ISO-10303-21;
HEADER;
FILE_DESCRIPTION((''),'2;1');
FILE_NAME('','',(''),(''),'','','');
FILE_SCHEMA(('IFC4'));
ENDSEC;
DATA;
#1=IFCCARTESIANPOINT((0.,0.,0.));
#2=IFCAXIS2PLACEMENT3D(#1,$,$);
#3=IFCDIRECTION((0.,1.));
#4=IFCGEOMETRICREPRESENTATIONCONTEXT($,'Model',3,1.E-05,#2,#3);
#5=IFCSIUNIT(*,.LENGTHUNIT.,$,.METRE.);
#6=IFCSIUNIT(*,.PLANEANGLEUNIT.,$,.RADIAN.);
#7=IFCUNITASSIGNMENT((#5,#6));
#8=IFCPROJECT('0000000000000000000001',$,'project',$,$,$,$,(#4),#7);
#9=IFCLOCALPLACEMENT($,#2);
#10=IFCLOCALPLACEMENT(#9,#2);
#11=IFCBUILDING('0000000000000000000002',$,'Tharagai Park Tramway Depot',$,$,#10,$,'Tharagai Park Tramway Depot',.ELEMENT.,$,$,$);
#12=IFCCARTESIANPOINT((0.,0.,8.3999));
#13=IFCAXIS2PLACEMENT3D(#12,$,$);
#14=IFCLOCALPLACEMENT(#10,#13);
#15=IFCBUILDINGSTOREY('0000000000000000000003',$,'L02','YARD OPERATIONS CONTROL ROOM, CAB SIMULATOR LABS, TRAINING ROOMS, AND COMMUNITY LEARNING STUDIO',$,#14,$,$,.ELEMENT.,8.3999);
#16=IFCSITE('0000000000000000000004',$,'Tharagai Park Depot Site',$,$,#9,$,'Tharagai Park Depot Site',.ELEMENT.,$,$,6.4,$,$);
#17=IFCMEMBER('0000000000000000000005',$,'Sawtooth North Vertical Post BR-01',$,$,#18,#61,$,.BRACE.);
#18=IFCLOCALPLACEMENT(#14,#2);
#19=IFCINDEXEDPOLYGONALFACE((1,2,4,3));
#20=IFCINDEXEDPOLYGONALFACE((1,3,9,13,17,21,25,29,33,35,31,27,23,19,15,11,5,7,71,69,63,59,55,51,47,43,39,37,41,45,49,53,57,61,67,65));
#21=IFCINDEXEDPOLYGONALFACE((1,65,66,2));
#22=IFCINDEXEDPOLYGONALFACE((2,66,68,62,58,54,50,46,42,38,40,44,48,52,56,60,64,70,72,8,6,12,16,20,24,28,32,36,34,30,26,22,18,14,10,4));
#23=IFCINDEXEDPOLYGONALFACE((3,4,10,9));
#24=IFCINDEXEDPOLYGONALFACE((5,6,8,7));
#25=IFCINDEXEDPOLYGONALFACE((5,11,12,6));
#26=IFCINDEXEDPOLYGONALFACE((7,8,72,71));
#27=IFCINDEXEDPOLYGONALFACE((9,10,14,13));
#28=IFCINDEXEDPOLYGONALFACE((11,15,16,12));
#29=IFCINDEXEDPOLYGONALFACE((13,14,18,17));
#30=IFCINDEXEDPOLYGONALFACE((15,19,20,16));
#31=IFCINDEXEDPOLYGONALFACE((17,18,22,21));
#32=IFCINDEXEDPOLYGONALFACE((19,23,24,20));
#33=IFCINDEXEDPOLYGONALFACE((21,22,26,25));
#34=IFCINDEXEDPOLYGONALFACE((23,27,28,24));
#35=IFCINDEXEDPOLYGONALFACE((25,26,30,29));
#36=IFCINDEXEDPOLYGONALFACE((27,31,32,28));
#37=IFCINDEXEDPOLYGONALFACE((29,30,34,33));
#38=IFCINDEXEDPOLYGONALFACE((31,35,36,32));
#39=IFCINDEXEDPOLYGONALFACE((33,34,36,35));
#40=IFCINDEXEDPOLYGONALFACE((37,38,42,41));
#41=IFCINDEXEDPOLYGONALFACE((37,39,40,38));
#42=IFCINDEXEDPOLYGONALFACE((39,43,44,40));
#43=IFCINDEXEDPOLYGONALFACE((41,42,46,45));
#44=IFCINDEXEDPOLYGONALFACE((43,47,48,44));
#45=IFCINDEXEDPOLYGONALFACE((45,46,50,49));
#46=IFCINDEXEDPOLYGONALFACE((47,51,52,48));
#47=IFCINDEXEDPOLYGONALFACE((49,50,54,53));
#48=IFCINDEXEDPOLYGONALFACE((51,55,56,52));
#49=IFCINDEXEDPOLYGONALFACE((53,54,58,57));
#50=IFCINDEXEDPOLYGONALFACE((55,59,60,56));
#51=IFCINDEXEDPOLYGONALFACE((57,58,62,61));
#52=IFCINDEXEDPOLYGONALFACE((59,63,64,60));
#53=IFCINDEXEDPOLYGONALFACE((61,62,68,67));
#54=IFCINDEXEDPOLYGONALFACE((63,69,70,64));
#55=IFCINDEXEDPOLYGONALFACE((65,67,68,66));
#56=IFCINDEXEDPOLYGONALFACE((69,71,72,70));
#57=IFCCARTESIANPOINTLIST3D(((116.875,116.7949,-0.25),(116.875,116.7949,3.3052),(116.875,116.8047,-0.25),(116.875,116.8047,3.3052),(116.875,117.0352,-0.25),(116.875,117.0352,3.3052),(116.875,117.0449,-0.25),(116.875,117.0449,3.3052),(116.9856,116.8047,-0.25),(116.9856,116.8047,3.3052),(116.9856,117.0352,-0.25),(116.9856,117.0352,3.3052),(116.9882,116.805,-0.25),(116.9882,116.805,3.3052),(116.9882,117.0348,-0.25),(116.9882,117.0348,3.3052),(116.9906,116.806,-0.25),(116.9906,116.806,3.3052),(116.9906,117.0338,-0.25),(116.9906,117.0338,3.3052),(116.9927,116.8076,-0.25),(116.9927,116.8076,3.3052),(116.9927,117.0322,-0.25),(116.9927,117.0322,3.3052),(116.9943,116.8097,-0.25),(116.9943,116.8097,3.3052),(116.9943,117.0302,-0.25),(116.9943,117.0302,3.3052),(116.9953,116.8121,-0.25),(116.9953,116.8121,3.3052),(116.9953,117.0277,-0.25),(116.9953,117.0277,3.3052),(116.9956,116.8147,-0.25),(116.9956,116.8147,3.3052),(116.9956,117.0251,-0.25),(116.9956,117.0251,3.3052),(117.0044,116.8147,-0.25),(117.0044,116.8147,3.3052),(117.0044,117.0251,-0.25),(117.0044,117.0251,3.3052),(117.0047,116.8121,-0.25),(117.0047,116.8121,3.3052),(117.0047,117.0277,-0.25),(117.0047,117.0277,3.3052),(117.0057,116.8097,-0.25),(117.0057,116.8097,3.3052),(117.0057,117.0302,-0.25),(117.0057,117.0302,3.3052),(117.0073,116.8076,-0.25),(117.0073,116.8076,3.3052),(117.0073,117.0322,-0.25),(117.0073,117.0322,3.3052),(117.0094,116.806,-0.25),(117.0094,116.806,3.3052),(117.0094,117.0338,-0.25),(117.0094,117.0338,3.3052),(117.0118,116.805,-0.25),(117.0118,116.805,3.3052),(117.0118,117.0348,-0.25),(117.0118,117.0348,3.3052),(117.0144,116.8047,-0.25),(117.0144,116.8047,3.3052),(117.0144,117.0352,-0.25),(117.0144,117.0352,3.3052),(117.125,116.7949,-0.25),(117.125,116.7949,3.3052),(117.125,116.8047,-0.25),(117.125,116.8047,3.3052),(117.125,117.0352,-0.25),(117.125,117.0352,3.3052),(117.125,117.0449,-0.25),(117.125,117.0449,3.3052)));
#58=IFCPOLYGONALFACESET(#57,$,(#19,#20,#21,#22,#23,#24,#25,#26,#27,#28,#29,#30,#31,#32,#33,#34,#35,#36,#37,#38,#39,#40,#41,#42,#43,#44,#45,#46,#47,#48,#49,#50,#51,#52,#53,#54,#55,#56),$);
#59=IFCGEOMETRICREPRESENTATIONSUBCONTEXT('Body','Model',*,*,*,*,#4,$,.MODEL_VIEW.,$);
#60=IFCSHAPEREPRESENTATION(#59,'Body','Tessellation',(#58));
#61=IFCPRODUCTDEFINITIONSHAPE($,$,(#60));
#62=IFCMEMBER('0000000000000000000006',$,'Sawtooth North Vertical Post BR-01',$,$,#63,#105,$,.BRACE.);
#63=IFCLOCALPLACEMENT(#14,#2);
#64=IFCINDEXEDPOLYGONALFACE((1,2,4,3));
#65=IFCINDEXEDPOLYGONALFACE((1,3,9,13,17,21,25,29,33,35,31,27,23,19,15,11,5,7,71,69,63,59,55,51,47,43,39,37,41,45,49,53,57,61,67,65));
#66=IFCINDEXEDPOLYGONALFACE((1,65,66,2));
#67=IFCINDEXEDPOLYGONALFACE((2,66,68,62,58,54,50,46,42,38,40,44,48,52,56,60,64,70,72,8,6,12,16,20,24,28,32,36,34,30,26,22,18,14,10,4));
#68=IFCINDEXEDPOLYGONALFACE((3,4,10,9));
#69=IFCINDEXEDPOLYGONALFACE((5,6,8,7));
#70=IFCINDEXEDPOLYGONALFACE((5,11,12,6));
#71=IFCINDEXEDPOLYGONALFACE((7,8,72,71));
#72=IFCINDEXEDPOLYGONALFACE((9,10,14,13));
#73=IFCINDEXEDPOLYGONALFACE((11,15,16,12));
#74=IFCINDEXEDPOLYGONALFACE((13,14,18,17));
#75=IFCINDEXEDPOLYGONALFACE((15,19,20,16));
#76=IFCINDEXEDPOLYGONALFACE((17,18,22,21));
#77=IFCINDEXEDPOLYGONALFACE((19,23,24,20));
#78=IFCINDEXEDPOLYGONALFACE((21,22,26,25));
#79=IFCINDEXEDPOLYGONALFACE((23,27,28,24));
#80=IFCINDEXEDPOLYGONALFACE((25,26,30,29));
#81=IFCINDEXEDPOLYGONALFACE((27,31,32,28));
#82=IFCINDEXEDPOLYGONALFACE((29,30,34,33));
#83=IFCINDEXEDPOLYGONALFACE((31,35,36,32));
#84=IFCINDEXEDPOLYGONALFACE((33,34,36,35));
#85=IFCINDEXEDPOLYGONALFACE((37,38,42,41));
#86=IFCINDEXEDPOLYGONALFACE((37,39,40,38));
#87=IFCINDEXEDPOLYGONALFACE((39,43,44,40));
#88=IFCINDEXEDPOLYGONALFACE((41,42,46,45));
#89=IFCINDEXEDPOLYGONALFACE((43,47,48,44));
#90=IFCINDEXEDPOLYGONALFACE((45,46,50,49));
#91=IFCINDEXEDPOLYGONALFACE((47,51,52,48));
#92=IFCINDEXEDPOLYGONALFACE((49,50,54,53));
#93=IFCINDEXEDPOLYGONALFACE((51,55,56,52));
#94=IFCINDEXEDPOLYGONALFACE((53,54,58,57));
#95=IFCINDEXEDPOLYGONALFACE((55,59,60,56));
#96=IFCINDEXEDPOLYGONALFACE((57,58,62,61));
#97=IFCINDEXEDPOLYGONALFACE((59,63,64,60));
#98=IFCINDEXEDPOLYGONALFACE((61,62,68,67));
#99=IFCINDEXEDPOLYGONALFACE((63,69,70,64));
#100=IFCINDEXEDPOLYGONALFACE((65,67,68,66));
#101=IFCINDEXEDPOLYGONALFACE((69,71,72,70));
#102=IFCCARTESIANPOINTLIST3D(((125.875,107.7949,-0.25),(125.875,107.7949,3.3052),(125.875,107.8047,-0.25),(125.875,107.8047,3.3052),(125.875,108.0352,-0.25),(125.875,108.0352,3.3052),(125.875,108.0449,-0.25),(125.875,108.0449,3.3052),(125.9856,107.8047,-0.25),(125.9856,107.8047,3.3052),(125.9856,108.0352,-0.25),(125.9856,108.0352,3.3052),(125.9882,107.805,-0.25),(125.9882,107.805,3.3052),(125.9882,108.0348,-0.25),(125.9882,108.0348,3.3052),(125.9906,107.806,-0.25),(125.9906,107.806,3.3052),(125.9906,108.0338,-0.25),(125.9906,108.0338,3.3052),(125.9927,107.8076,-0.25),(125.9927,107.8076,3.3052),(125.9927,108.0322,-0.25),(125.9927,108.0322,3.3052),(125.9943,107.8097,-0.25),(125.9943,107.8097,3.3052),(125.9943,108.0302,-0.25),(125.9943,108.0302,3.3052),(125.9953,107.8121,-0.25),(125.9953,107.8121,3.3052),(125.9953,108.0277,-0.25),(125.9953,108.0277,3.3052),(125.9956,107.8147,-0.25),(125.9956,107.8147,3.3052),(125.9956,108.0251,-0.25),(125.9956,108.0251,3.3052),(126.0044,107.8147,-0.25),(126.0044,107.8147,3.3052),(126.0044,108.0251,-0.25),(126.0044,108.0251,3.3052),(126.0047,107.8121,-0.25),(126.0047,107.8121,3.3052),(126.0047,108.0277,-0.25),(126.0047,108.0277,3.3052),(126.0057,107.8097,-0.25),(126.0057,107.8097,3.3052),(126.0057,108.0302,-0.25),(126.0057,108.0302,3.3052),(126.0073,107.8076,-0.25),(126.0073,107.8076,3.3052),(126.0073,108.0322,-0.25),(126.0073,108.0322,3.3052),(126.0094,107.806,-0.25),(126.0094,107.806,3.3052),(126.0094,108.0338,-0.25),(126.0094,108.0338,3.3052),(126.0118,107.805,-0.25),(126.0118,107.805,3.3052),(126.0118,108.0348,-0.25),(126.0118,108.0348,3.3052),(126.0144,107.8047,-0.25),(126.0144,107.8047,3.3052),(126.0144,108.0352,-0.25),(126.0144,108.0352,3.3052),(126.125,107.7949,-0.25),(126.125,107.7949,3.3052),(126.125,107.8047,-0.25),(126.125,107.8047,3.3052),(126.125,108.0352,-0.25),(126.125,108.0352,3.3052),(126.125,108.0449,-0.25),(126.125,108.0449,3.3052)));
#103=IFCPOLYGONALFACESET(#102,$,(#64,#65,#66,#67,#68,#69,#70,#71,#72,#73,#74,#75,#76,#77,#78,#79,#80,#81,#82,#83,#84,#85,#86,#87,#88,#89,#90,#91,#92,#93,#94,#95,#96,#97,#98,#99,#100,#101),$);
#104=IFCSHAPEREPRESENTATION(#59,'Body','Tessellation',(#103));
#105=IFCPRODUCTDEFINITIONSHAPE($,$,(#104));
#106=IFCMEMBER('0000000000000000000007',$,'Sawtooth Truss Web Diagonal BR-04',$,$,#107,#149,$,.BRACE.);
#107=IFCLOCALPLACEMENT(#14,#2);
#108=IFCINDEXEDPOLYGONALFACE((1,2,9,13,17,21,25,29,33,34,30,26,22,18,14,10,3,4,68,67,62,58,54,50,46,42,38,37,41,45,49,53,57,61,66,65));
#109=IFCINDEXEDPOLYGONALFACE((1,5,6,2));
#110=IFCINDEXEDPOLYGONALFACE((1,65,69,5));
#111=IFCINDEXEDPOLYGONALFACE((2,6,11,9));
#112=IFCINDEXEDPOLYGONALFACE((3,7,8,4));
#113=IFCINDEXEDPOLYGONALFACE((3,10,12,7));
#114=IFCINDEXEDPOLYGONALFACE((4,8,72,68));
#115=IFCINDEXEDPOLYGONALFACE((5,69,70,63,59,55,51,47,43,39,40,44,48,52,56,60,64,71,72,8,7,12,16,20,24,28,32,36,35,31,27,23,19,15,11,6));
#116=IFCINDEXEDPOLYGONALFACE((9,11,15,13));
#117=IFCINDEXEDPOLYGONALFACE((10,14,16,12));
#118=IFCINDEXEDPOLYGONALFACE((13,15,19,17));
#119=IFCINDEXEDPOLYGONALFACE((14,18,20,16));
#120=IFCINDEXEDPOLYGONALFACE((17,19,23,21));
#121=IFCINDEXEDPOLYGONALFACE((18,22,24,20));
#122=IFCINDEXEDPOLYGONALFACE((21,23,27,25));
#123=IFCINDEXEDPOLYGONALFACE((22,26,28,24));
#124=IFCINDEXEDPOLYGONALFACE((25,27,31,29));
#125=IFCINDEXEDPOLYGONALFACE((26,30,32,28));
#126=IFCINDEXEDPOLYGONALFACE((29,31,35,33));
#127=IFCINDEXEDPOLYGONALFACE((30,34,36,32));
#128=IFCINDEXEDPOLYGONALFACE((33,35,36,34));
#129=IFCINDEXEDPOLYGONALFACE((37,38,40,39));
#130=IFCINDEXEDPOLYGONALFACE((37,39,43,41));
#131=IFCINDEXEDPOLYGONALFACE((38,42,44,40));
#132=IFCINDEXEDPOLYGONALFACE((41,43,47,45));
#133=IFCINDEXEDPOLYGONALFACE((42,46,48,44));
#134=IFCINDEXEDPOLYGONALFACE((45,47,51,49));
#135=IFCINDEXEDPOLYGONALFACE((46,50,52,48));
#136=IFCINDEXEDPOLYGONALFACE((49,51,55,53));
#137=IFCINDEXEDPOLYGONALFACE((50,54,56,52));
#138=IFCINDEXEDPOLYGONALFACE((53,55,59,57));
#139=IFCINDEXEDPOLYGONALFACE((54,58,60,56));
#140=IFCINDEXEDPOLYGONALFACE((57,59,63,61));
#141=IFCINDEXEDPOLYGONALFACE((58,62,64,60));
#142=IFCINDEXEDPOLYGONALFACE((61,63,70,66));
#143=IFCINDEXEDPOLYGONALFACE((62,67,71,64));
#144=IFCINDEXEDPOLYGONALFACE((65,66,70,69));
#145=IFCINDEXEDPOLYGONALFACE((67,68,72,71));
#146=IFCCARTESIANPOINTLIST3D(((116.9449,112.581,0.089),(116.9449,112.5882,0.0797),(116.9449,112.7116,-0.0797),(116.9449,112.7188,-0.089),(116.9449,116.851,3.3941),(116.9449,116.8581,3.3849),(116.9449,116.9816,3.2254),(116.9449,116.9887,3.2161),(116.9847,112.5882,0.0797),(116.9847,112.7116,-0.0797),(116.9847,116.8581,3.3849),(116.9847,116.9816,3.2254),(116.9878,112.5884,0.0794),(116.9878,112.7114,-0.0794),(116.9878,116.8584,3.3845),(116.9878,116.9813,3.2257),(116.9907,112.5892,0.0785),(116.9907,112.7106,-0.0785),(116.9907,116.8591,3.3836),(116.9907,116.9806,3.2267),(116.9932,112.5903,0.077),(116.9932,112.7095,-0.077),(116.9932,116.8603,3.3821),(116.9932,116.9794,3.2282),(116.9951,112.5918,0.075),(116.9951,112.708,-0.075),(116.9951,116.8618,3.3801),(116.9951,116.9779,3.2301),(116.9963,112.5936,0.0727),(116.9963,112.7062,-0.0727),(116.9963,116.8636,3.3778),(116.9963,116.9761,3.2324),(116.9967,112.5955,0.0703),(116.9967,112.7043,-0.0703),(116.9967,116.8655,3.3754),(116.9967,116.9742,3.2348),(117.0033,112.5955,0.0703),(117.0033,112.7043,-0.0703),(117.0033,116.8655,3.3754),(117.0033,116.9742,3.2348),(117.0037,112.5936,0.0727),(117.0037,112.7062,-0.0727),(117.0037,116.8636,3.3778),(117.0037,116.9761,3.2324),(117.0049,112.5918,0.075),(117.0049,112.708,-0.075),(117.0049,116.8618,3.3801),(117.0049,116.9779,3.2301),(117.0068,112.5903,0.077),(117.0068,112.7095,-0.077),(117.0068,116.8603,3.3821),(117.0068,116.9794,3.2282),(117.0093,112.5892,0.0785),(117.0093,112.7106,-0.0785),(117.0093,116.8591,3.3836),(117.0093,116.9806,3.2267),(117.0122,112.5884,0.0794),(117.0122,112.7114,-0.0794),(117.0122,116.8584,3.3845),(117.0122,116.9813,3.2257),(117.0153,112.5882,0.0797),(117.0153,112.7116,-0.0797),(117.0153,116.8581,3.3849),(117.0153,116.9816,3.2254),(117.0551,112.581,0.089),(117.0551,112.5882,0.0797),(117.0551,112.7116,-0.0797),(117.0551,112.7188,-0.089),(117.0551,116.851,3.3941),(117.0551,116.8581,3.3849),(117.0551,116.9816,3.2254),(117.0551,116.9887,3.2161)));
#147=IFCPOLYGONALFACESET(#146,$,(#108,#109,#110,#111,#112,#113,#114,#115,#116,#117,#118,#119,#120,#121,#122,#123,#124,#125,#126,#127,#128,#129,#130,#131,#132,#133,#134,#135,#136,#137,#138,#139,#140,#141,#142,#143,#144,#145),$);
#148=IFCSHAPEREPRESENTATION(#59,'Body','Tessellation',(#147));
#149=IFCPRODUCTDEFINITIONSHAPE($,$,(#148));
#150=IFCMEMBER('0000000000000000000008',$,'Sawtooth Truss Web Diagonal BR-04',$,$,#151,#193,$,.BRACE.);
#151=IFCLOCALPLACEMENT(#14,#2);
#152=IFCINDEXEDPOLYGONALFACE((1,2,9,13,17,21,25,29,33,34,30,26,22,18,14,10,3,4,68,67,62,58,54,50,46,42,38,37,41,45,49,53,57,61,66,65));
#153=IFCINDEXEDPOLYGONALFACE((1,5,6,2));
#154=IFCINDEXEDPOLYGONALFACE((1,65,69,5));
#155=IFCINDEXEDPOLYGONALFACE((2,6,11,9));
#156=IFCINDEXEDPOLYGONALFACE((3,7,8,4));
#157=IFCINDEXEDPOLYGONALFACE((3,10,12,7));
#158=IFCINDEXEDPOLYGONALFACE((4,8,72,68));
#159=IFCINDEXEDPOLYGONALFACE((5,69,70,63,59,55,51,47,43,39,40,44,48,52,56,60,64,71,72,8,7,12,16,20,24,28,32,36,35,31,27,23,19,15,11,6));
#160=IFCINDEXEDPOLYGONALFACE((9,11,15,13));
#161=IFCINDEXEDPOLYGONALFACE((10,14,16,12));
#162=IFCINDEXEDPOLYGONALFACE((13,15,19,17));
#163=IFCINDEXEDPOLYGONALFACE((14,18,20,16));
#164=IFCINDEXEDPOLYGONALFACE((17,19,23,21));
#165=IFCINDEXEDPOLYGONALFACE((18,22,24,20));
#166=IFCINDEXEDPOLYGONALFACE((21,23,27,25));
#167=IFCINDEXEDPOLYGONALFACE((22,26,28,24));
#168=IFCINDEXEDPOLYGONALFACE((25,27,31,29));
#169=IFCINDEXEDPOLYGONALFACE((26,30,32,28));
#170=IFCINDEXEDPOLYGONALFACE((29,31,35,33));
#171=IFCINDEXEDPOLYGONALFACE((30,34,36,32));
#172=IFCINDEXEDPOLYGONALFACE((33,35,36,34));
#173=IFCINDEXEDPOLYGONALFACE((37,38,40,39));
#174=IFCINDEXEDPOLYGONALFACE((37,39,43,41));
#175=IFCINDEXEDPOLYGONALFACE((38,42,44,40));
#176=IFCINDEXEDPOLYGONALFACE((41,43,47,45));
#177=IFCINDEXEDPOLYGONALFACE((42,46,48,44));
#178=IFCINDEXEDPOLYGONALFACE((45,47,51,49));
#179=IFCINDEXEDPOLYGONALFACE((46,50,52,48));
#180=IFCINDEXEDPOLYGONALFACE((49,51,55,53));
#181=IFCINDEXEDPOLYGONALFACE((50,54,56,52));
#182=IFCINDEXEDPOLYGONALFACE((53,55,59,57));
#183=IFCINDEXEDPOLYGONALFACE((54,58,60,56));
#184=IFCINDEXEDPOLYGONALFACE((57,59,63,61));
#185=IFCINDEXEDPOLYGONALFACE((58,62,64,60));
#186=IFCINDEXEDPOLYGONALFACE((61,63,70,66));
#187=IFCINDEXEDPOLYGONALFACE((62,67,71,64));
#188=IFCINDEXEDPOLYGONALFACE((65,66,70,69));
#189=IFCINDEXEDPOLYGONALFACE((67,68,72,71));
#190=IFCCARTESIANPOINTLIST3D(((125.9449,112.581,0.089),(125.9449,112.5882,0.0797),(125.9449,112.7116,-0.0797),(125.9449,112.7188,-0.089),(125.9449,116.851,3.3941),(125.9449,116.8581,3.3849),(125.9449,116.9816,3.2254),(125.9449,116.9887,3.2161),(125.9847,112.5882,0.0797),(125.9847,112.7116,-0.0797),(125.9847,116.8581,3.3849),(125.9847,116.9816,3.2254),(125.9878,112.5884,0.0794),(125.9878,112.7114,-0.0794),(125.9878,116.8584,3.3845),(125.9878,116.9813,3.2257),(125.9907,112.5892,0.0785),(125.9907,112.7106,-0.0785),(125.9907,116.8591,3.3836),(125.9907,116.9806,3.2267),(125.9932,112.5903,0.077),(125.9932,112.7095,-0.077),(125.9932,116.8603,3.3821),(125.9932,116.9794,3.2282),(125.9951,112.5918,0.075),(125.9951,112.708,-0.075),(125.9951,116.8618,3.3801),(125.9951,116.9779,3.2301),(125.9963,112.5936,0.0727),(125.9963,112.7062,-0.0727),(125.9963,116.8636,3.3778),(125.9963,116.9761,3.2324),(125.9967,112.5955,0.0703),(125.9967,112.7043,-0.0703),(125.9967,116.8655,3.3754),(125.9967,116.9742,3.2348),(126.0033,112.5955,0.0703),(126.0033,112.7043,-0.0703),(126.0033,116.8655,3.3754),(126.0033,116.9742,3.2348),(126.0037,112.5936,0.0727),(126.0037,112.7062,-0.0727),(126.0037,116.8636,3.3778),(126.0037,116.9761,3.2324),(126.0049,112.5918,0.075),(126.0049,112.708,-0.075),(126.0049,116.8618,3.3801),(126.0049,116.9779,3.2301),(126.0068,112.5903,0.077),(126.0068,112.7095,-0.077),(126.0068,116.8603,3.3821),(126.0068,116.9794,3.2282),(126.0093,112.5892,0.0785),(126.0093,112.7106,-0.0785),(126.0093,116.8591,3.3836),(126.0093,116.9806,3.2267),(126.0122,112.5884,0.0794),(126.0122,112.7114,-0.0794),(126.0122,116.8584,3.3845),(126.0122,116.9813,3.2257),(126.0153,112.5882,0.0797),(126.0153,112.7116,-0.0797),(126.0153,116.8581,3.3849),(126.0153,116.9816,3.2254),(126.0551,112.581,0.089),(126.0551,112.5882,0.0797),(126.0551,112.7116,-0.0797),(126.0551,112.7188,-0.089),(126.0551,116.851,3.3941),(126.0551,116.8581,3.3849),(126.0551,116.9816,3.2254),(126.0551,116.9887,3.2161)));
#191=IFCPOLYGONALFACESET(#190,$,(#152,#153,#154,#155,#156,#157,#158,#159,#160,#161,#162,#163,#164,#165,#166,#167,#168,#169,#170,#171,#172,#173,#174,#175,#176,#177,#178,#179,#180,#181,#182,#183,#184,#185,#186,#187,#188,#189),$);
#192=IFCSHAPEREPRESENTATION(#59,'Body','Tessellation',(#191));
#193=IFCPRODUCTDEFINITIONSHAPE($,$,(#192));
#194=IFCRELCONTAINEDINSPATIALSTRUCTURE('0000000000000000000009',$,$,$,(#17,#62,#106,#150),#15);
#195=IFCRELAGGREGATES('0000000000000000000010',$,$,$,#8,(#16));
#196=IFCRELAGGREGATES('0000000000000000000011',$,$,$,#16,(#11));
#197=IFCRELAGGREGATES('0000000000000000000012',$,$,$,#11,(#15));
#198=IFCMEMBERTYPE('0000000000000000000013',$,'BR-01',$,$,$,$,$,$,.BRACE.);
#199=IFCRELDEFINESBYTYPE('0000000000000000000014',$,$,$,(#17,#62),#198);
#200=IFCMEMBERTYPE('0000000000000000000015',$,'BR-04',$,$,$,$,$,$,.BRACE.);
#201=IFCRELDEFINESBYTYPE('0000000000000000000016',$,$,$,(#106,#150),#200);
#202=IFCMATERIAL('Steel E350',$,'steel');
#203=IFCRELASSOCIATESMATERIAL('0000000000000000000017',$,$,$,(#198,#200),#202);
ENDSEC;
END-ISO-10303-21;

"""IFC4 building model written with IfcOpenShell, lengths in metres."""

from ifc_helpers import new_model, si_unit, direction, frame, origin, origin_2d, place, context, subcontext, project, spatial, i_section, extrude, material, material_profile, profile_set, type_object, element, save


model = new_model("IFC4")

# Units and contexts
model_context = context("Model", 3, precision=1e-05, world=origin(), true_north=direction((0.0, 1.0)))
body_context = subcontext(model_context, "Body", "Model", "MODEL_VIEW")
ifc_project = project(units=[si_unit("LENGTHUNIT", "METRE"), si_unit("PLANEANGLEUNIT", "RADIAN")], contexts=[model_context])

# Site, building, storey
site_placement = place(None, origin())
site = spatial("IfcSite", under=ifc_project, at=site_placement, Name="Tharagai Park Depot Site", LongName="Tharagai Park Depot Site", CompositionType="ELEMENT", RefElevation=6.4)
building_placement = place(site_placement, origin())
building = spatial("IfcBuilding", under=site, at=building_placement, Name="Tharagai Park Tramway Depot", LongName="Tharagai Park Tramway Depot", CompositionType="ELEMENT")
storey_placement = place(building_placement, frame((0.0, 0.0, 8.3999)))
storey = spatial("IfcBuildingStorey", under=building, at=storey_placement, Name="L02", Description="YARD OPERATIONS CONTROL ROOM, CAB SIMULATOR LABS, TRAINING ROOMS, AND COMMUNITY LEARNING STUDIO", CompositionType="ELEMENT", Elevation=8.3999)

# Members
ifc_material_1 = material(Name="Steel E350", Category="steel")
ifc_material_profile_1 = material_profile(ifc_material_1, i_section(OverallWidth=0.25, OverallDepth=0.25, WebThickness=0.0088, FlangeThickness=0.0098, FilletRadius=0.01, at=origin_2d()), Name="ISHB 250")
ifc_profile_set_1 = profile_set([ifc_material_profile_1], Name="Steel E350")
member_type_1 = type_object("IfcMemberType", Name="BR-01", PredefinedType="BRACE", material=ifc_profile_set_1)
for number, where, z_axis, x_axis, name in (
    (1, (117.0, 116.9199, -0.25), (0.0, 0.0, 1.0), (1.0, 0.0, 0.0), "Sawtooth North Vertical Post BR-01"),
    (2, (126.0, 107.9199, -0.25), (0.0, 0.0, 1.0), (1.0, 0.0, 0.0), "Sawtooth North Vertical Post BR-01"),
):
    element("IfcMember", number, at=place(storey_placement, frame(where, z_axis=z_axis, x_axis=x_axis)), inside=storey, type_object=member_type_1, Name=name, PredefinedType="BRACE", context=body_context, shape_type="SweptSolid", body=[
        extrude(i_section(OverallWidth=0.25, OverallDepth=0.25, WebThickness=0.0088, FlangeThickness=0.0098, FilletRadius=0.01, at=origin_2d()), origin(), (0.0, 0.0, 1.0), 3.5552),
    ])
ifc_material_profile_2 = material_profile(ifc_material_1, i_section(OverallWidth=0.1101, OverallDepth=0.2251, WebThickness=0.0066, FlangeThickness=0.0117, FilletRadius=0.012, at=origin_2d()), Name="ISMB 225")
ifc_profile_set_2 = profile_set([ifc_material_profile_2], Name="Steel E350")
member_type_2 = type_object("IfcMemberType", Name="BR-04", PredefinedType="BRACE", material=ifc_profile_set_2)
for number, where, z_axis, x_axis, name in (
    (3, (117.0, 112.6499, 0.0), (0.0, 0.790782, 0.612098), (-1.0, 0.0, 0.0), "Sawtooth Truss Web Diagonal BR-04"),
    (4, (126.0, 112.6499, 0.0), (0.0, 0.790782, 0.612098), (-1.0, 0.0, 0.0), "Sawtooth Truss Web Diagonal BR-04"),
):
    element("IfcMember", number, at=place(storey_placement, frame(where, z_axis=z_axis, x_axis=x_axis)), inside=storey, type_object=member_type_2, Name=name, PredefinedType="BRACE", context=body_context, shape_type="SweptSolid", body=[
        extrude(i_section(OverallWidth=0.1101, OverallDepth=0.2251, WebThickness=0.0066, FlangeThickness=0.0117, FilletRadius=0.012, at=origin_2d()), origin(), (0.0, 0.0, 1.0), 5.3997),
    ])

save(model, "model.ifc")
